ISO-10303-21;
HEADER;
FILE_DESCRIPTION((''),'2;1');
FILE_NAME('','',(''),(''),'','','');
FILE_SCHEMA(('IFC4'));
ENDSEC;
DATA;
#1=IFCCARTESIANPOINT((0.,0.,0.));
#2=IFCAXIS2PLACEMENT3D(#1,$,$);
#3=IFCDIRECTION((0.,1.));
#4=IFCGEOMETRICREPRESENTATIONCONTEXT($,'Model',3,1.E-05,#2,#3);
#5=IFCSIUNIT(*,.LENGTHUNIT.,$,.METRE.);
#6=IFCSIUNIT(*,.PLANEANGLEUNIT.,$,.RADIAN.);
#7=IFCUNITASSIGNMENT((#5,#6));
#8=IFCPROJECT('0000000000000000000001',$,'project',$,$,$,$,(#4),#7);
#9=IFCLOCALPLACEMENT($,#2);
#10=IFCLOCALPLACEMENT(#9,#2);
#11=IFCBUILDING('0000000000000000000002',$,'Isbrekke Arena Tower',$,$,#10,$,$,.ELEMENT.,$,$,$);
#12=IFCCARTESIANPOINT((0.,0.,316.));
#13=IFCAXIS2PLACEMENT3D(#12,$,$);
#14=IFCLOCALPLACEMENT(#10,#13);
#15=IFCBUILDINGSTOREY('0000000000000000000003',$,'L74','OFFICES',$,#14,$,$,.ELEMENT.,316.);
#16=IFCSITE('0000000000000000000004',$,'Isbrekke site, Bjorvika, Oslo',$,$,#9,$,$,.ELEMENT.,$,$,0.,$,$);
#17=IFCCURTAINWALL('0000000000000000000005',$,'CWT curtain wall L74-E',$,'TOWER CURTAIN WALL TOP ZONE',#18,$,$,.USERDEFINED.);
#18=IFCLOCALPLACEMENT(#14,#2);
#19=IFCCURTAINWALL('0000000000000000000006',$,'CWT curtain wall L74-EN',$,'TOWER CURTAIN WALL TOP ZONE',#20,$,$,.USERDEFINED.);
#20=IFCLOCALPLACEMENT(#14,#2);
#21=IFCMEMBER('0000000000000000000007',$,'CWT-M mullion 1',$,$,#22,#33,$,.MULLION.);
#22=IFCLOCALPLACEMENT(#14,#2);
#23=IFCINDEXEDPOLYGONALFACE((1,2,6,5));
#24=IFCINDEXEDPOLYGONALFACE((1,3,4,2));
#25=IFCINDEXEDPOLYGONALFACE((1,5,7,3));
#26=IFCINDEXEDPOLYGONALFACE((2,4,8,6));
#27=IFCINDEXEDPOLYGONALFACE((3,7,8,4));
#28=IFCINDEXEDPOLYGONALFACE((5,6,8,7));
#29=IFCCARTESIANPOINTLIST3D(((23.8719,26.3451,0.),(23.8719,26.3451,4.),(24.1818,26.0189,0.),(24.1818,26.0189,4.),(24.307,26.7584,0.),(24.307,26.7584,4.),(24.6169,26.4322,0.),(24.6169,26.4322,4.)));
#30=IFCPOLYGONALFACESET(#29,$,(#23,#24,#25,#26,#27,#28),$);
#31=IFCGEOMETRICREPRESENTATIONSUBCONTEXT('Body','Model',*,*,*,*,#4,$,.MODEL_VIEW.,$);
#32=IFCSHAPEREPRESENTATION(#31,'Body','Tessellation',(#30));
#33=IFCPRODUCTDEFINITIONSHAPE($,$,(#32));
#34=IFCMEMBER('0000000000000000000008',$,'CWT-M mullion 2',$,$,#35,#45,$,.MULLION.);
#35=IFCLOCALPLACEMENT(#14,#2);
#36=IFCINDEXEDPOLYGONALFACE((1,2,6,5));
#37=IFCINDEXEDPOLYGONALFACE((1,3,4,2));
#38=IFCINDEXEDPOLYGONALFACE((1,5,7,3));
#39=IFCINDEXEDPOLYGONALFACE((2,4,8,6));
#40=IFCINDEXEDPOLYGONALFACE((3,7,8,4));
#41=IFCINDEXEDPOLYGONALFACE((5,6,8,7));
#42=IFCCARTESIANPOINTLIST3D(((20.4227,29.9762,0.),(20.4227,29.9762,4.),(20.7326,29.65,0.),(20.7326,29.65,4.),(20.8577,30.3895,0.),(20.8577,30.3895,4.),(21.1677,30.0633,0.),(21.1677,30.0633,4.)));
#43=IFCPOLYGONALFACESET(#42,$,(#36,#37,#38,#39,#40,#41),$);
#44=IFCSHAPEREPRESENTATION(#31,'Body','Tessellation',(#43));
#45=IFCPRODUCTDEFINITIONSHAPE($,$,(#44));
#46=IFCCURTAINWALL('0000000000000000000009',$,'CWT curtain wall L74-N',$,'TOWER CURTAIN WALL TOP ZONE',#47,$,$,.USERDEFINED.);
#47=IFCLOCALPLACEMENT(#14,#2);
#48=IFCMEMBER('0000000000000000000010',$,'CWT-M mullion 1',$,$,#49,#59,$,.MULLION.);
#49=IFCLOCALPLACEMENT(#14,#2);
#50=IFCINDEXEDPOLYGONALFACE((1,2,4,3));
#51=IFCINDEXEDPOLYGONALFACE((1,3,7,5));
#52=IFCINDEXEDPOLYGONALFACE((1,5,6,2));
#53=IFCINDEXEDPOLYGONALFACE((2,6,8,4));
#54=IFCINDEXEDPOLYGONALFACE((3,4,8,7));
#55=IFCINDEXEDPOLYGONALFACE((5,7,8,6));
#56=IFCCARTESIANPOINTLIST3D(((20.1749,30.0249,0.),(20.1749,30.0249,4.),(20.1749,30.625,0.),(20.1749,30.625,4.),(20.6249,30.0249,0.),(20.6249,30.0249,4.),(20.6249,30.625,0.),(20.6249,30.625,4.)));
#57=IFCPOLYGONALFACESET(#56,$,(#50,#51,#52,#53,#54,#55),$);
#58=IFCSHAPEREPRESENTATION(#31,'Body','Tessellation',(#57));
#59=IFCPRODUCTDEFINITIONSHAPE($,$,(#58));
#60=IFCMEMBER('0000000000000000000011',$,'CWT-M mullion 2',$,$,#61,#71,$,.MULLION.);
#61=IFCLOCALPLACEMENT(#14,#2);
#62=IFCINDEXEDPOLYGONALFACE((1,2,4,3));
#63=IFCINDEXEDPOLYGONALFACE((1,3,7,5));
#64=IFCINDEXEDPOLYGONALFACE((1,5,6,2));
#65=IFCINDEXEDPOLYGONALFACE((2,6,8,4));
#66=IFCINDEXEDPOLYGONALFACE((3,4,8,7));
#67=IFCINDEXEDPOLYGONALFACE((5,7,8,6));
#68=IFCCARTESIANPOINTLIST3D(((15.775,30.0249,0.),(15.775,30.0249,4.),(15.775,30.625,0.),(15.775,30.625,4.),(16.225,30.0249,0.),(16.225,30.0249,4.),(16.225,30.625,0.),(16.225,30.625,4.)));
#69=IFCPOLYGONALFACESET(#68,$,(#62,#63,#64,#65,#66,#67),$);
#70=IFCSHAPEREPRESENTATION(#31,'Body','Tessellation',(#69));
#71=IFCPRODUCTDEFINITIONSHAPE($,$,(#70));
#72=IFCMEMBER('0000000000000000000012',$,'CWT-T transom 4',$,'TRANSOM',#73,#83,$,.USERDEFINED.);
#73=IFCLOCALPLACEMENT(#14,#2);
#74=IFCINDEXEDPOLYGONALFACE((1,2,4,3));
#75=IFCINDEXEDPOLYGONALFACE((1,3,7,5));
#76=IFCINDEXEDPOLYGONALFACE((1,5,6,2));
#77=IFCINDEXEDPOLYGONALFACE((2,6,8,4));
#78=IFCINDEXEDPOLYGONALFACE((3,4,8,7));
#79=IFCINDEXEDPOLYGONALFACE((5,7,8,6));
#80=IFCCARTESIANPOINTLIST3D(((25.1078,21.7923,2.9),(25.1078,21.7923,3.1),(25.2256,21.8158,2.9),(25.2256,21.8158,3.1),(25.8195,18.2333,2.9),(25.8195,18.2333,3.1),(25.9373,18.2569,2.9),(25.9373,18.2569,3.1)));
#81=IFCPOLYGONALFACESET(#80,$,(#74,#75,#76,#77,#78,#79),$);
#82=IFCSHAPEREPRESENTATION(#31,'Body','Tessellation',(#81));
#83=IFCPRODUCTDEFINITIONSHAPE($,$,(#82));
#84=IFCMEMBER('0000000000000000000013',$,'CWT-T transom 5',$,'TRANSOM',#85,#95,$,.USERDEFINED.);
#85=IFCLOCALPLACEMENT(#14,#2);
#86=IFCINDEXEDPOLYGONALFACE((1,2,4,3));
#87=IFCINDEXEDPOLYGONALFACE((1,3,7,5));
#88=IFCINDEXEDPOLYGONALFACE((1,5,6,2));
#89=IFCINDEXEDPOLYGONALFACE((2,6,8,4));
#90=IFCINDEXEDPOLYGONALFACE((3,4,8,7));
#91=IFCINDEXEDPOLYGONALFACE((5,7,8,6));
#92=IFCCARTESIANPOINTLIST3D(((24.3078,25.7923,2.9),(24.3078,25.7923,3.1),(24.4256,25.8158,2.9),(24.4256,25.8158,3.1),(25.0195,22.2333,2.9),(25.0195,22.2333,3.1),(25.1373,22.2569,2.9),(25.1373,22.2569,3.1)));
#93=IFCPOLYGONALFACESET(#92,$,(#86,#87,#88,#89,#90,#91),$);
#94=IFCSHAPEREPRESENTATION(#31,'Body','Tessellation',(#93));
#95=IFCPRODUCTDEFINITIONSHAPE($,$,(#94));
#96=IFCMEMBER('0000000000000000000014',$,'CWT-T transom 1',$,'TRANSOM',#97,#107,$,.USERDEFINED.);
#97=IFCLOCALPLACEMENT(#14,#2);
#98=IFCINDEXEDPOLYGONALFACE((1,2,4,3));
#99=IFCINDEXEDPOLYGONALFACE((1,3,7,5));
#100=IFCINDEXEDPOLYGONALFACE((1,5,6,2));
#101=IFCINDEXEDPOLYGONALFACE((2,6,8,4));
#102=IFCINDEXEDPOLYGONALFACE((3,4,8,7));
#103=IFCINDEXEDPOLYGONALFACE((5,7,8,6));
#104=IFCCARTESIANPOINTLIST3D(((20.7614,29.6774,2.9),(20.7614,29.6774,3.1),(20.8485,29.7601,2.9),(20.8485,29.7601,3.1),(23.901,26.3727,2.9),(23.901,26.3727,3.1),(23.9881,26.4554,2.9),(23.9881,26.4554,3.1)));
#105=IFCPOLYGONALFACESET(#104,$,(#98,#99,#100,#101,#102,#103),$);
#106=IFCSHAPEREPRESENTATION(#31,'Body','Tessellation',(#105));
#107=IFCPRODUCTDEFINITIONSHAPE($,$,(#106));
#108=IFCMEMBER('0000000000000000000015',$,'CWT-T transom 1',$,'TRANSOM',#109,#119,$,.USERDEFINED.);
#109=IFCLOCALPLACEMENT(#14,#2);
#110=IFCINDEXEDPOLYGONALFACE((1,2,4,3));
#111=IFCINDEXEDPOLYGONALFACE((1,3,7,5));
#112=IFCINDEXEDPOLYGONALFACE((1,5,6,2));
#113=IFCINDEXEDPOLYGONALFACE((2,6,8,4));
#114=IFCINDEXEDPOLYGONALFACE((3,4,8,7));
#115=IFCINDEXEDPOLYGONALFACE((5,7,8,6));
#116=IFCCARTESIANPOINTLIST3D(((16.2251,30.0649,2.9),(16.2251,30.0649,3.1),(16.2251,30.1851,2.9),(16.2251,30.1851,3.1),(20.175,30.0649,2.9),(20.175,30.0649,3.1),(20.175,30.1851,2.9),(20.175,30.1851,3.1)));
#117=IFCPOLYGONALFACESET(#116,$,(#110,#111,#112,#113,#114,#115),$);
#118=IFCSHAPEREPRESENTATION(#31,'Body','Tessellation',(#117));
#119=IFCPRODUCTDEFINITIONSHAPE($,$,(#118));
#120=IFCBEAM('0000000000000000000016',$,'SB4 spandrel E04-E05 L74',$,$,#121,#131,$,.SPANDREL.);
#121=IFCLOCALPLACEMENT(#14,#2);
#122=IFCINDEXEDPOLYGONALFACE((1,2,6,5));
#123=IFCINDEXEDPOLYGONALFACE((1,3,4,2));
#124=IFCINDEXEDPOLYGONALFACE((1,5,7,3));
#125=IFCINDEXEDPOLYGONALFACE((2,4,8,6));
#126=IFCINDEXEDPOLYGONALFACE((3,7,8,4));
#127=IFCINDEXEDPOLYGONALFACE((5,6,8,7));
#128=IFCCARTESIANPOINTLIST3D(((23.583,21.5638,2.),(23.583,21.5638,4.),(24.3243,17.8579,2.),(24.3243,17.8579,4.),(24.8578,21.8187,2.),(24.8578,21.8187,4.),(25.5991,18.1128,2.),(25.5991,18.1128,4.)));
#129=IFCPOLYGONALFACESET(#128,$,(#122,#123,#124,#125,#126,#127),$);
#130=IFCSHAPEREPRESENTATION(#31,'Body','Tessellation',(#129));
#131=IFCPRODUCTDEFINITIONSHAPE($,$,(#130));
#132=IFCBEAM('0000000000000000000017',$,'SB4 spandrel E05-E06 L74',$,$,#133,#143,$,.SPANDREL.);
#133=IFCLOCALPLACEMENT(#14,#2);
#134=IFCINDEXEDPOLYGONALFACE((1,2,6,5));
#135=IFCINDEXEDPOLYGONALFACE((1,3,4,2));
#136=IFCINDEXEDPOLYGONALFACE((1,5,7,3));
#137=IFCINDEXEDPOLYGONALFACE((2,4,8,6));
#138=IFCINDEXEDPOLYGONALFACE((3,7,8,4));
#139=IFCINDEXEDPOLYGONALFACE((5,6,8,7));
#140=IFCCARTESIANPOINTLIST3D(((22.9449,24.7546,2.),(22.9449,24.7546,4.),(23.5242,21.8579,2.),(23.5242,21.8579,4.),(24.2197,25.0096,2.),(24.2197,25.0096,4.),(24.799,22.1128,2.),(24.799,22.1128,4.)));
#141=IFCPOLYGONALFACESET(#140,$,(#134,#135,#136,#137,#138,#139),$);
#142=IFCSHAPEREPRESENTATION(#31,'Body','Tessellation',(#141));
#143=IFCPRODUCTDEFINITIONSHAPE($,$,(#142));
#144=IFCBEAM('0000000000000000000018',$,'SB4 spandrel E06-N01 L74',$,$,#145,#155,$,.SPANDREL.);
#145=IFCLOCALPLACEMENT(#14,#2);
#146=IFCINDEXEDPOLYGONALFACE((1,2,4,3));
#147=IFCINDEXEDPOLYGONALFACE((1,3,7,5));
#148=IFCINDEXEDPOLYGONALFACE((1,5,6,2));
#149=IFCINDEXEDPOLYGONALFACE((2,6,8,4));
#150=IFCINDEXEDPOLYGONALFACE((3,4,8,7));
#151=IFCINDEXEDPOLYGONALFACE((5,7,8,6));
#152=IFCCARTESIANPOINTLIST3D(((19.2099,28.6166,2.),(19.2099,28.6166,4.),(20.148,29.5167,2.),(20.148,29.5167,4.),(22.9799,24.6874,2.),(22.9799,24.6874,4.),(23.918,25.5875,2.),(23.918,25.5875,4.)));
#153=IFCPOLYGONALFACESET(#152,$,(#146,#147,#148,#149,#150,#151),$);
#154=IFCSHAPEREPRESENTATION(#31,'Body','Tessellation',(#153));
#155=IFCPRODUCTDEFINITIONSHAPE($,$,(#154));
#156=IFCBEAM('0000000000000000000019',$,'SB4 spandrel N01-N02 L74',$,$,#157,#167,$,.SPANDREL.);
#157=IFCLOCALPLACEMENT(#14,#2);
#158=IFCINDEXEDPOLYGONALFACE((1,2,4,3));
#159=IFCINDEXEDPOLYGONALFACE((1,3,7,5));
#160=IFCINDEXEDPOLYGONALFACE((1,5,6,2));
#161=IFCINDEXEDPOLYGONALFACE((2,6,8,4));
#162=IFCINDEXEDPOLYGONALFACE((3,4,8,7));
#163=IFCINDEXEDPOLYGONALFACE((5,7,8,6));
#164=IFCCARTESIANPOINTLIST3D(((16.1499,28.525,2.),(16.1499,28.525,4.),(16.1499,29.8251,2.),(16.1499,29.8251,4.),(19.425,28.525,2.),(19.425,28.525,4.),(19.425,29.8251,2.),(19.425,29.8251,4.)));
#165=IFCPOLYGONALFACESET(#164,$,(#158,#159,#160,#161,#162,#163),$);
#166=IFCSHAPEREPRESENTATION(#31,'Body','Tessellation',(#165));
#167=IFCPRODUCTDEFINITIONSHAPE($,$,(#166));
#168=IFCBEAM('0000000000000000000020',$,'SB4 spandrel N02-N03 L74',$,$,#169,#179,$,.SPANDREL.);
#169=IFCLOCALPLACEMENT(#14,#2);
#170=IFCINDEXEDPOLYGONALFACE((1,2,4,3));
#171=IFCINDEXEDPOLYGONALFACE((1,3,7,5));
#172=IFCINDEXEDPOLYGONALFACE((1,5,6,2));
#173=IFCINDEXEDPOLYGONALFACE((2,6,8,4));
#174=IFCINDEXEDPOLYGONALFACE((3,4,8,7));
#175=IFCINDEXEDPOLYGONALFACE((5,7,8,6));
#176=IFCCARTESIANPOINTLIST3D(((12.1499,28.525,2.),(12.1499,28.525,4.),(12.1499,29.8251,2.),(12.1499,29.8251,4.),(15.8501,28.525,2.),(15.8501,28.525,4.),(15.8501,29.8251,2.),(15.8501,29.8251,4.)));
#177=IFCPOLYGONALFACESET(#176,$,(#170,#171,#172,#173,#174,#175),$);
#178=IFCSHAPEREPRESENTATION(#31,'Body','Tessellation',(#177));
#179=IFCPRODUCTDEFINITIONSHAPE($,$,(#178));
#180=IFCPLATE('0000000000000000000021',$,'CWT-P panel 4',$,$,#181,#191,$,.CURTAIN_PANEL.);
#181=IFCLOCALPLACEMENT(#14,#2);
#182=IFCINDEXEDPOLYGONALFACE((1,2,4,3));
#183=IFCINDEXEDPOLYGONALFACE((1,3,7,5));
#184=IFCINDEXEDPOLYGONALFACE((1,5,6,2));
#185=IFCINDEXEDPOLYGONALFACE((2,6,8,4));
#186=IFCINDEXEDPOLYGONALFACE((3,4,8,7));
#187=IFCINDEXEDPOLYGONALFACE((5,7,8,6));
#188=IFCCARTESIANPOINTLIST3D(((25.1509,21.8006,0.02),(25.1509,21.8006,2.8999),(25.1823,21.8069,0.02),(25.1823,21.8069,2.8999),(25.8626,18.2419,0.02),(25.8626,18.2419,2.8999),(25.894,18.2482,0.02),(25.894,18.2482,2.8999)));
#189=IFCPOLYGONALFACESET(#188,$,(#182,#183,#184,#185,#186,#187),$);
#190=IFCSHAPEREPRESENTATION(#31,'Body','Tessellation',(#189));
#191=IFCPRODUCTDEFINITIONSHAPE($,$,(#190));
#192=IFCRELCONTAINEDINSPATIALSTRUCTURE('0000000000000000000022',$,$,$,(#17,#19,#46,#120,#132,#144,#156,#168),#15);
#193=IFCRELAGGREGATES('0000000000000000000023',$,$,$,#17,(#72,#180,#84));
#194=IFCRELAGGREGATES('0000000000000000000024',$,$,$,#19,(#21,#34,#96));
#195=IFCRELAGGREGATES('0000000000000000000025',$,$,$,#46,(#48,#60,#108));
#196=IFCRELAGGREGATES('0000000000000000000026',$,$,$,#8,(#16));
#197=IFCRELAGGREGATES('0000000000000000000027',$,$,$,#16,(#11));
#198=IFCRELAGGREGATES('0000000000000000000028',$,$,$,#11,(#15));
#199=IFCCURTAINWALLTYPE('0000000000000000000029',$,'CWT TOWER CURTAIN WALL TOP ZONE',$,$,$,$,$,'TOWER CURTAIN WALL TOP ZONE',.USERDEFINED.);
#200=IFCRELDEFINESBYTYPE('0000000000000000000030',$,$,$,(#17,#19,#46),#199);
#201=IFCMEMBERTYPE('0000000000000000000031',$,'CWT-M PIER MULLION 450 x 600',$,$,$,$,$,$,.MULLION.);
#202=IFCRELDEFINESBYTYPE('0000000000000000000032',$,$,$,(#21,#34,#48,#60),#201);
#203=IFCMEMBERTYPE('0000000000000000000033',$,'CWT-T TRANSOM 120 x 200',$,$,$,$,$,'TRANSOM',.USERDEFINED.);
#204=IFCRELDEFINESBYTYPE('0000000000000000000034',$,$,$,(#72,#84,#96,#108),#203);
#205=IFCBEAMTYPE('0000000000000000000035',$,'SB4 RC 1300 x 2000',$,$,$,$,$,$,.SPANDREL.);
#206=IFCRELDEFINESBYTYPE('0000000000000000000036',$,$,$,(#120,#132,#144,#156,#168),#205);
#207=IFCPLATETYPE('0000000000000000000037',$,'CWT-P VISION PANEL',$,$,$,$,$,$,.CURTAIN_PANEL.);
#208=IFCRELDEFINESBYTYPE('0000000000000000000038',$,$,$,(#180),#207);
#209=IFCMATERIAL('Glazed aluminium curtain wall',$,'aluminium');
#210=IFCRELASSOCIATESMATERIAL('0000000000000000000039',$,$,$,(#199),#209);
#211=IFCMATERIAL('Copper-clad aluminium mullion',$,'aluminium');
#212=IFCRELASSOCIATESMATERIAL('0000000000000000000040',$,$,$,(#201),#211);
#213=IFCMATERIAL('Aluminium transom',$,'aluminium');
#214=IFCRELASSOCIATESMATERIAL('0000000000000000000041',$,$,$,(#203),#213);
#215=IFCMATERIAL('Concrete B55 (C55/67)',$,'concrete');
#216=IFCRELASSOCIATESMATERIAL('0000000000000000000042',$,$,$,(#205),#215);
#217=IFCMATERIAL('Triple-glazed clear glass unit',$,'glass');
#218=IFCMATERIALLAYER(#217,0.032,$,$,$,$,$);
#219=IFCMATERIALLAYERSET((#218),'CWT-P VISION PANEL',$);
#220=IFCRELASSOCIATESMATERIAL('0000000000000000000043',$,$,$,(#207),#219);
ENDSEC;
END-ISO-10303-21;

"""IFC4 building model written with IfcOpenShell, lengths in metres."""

from ifc_helpers import new_model, si_unit, direction, frame, origin, origin_2d, place, context, subcontext, project, spatial, rectangle, extrude, material, layer, layer_set, material_profile, profile_set, type_object, element, aggregate, save


model = new_model("IFC4")

# Units and contexts
model_context = context("Model", 3, precision=1e-05, world=origin(), true_north=direction((0.0, 1.0)))
body_context = subcontext(model_context, "Body", "Model", "MODEL_VIEW")
ifc_project = project(units=[si_unit("LENGTHUNIT", "METRE"), si_unit("PLANEANGLEUNIT", "RADIAN")], contexts=[model_context])

# Site, building, storey
site_placement = place(None, origin())
site = spatial("IfcSite", under=ifc_project, at=site_placement, Name="Isbrekke site, Bjorvika, Oslo", CompositionType="ELEMENT", RefElevation=0.0)
building_placement = place(site_placement, origin())
building = spatial("IfcBuilding", under=site, at=building_placement, Name="Isbrekke Arena Tower", CompositionType="ELEMENT")
storey_placement = place(building_placement, frame((0.0, 0.0, 316.0)))
storey = spatial("IfcBuildingStorey", under=building, at=storey_placement, Name="L74", Description="OFFICES", CompositionType="ELEMENT", Elevation=316.0)

# Curtain walls, members
ifc_material_1 = material(Name="Glazed aluminium curtain wall", Category="aluminium")
curtain_wall_type = type_object("IfcCurtainWallType", Name="CWT TOWER CURTAIN WALL TOP ZONE", ElementType="TOWER CURTAIN WALL TOP ZONE", PredefinedType="USERDEFINED", material=ifc_material_1)
curtain_wall_1_placement = place(storey_placement, origin())
curtain_wall_1 = element("IfcCurtainWall", 1, at=curtain_wall_1_placement, inside=storey, type_object=curtain_wall_type, Name="CWT curtain wall L74-E", ObjectType="TOWER CURTAIN WALL TOP ZONE", PredefinedType="USERDEFINED")
ifc_material_2 = material(Name="Copper-clad aluminium mullion", Category="aluminium")
ifc_material_profile_1 = material_profile(ifc_material_2, rectangle(XDim=0.45, YDim=0.6001, at=origin_2d()), Name="PIER 450X600")
ifc_profile_set_1 = profile_set([ifc_material_profile_1], Name="Copper-clad aluminium mullion")
member_type_1 = type_object("IfcMemberType", Name="CWT-M PIER MULLION 450 x 600", PredefinedType="MULLION", material=ifc_profile_set_1)
curtain_wall_2_placement = place(storey_placement, origin())
curtain_wall_2 = element("IfcCurtainWall", 2, at=curtain_wall_2_placement, inside=storey, type_object=curtain_wall_type, Name="CWT curtain wall L74-EN", ObjectType="TOWER CURTAIN WALL TOP ZONE", PredefinedType="USERDEFINED")
member_1_placement = place(storey_placement, frame((24.2444, 26.3887, 0.0), z_axis=(0.0, 0.0, 1.0), x_axis=(-0.688749, 0.724999, 0.0)))
member_1 = element("IfcMember", 3, at=member_1_placement, type_object=member_type_1, Name="CWT-M mullion 1", PredefinedType="MULLION", context=body_context, shape_type="SweptSolid", body=[
    extrude(rectangle(XDim=0.45, YDim=0.6001, at=origin_2d()), origin(), (0.0, 0.0, 1.0), 4.0),
])
member_2_placement = place(storey_placement, frame((20.7952, 30.0198, 0.0), z_axis=(0.0, 0.0, 1.0), x_axis=(-0.688749, 0.724999, 0.0)))
member_2 = element("IfcMember", 4, at=member_2_placement, type_object=member_type_1, Name="CWT-M mullion 2", PredefinedType="MULLION", context=body_context, shape_type="SweptSolid", body=[
    extrude(rectangle(XDim=0.45, YDim=0.6001, at=origin_2d()), origin(), (0.0, 0.0, 1.0), 4.0),
])
curtain_wall_3_placement = place(storey_placement, origin())
curtain_wall_3 = element("IfcCurtainWall", 5, at=curtain_wall_3_placement, inside=storey, type_object=curtain_wall_type, Name="CWT curtain wall L74-N", ObjectType="TOWER CURTAIN WALL TOP ZONE", PredefinedType="USERDEFINED")
member_3_placement = place(storey_placement, frame((20.3999, 30.325, 0.0), z_axis=(0.0, 0.0, 1.0), x_axis=(-1.0, 0.0, 0.0)))
member_3 = element("IfcMember", 6, at=member_3_placement, type_object=member_type_1, Name="CWT-M mullion 1", PredefinedType="MULLION", context=body_context, shape_type="SweptSolid", body=[
    extrude(rectangle(XDim=0.45, YDim=0.6001, at=origin_2d()), origin(), (0.0, 0.0, 1.0), 4.0),
])
member_4_placement = place(storey_placement, frame((16.0, 30.325, 0.0), z_axis=(0.0, 0.0, 1.0), x_axis=(-1.0, 0.0, 0.0)))
member_4 = element("IfcMember", 7, at=member_4_placement, type_object=member_type_1, Name="CWT-M mullion 2", PredefinedType="MULLION", context=body_context, shape_type="SweptSolid", body=[
    extrude(rectangle(XDim=0.45, YDim=0.6001, at=origin_2d()), origin(), (0.0, 0.0, 1.0), 4.0),
])

# Members
ifc_material_3 = material(Name="Aluminium transom", Category="aluminium")
ifc_material_profile_2 = material_profile(ifc_material_3, rectangle(XDim=0.1201, YDim=0.2, at=origin_2d()), Name="TRANSOM 120X200")
ifc_profile_set_2 = profile_set([ifc_material_profile_2], Name="Aluminium transom")
member_type_2 = type_object("IfcMemberType", Name="CWT-T TRANSOM 120 x 200", ElementType="TRANSOM", PredefinedType="USERDEFINED", material=ifc_profile_set_2)
member_5_placement = place(storey_placement, frame((25.8784, 18.2451, 3.0), z_axis=(-0.19609, 0.980586, 0.0), x_axis=(-0.980586, -0.19609, 0.0)))
member_5 = element("IfcMember", 8, at=member_5_placement, type_object=member_type_2, Name="CWT-T transom 4", ObjectType="TRANSOM", PredefinedType="USERDEFINED", context=body_context, shape_type="SweptSolid", body=[
    extrude(rectangle(XDim=0.1201, YDim=0.2, at=origin_2d()), origin(), (0.0, 0.0, 1.0), 3.6294),
])
member_6_placement = place(storey_placement, frame((25.0784, 22.2451, 3.0), z_axis=(-0.19609, 0.980586, 0.0), x_axis=(-0.980586, -0.19609, 0.0)))
member_6 = element("IfcMember", 9, at=member_6_placement, type_object=member_type_2, Name="CWT-T transom 5", ObjectType="TRANSOM", PredefinedType="USERDEFINED", context=body_context, shape_type="SweptSolid", body=[
    extrude(rectangle(XDim=0.1201, YDim=0.2, at=origin_2d()), origin(), (0.0, 0.0, 1.0), 3.6294),
])
member_7_placement = place(storey_placement, frame((23.9446, 26.4141, 3.0), z_axis=(-0.688772, 0.724978, 0.0), x_axis=(-0.724978, -0.688772, 0.0)))
member_7 = element("IfcMember", 10, at=member_7_placement, type_object=member_type_2, Name="CWT-T transom 1", ObjectType="TRANSOM", PredefinedType="USERDEFINED", context=body_context, shape_type="SweptSolid", body=[
    extrude(rectangle(XDim=0.1201, YDim=0.2, at=origin_2d()), origin(), (0.0, 0.0, 1.0), 4.5583),
])
member_8_placement = place(storey_placement, frame((20.175, 30.125, 3.0), z_axis=(-1.0, 0.0, 0.0), x_axis=(0.0, -1.0, 0.0)))
member_8 = element("IfcMember", 11, at=member_8_placement, type_object=member_type_2, Name="CWT-T transom 1", ObjectType="TRANSOM", PredefinedType="USERDEFINED", context=body_context, shape_type="SweptSolid", body=[
    extrude(rectangle(XDim=0.1201, YDim=0.2, at=origin_2d()), origin(), (0.0, 0.0, 1.0), 3.95),
])

# Beams
ifc_material_4 = material(Name="Concrete B55 (C55/67)", Category="concrete")
ifc_material_profile_3 = material_profile(ifc_material_4, rectangle(XDim=1.3, YDim=2.0, at=origin_2d()), Name="RC 1300x2000")
ifc_profile_set_3 = profile_set([ifc_material_profile_3], Name="Concrete B55 (C55/67)")
beam_type_1 = type_object("IfcBeamType", Name="SB4 RC 1300 x 2000", PredefinedType="SPANDREL", material=ifc_profile_set_3)
beam_1_placement = place(storey_placement, frame((24.9617, 17.9854, 3.0), z_axis=(-0.196129, 0.980578, 0.0), x_axis=(-0.980578, -0.196129, 0.0)))
element("IfcBeam", 12, at=beam_1_placement, inside=storey, type_object=beam_type_1, Name="SB4 spandrel E04-E05 L74", PredefinedType="SPANDREL", context=body_context, shape_type="SweptSolid", body=[
    extrude(rectangle(XDim=1.3, YDim=2.0, at=origin_2d()), origin(), (0.0, 0.0, 1.0), 3.7793),
])
beam_2_placement = place(storey_placement, frame((24.1616, 21.9854, 3.0), z_axis=(-0.196116, 0.980581, 0.0), x_axis=(-0.980581, -0.196116, 0.0)))
element("IfcBeam", 13, at=beam_2_placement, inside=storey, type_object=beam_type_1, Name="SB4 spandrel E05-E06 L74", PredefinedType="SPANDREL", context=body_context, shape_type="SweptSolid", body=[
    extrude(rectangle(XDim=1.3, YDim=2.0, at=origin_2d()), origin(), (0.0, 0.0, 1.0), 2.9541),
])
beam_3_placement = place(storey_placement, frame((23.449, 25.1375, 3.0), z_axis=(-0.69234, 0.721572, 0.0), x_axis=(-0.721572, -0.69234, 0.0)))
element("IfcBeam", 14, at=beam_3_placement, inside=storey, type_object=beam_type_1, Name="SB4 spandrel E06-N01 L74", PredefinedType="SPANDREL", context=body_context, shape_type="SweptSolid", body=[
    extrude(rectangle(XDim=1.3, YDim=2.0, at=origin_2d()), origin(), (0.0, 0.0, 1.0), 5.4453),
])
beam_4_placement = place(storey_placement, frame((19.425, 29.175, 3.0), z_axis=(-1.0, 0.0, 0.0), x_axis=(0.0, -1.0, 0.0)))
element("IfcBeam", 15, at=beam_4_placement, inside=storey, type_object=beam_type_1, Name="SB4 spandrel N01-N02 L74", PredefinedType="SPANDREL", context=body_context, shape_type="SweptSolid", body=[
    extrude(rectangle(XDim=1.3, YDim=2.0, at=origin_2d()), origin(), (0.0, 0.0, 1.0), 3.2751),
])
beam_5_placement = place(storey_placement, frame((15.8501, 29.175, 3.0), z_axis=(-1.0, 0.0, 0.0), x_axis=(0.0, -1.0, 0.0)))
element("IfcBeam", 16, at=beam_5_placement, inside=storey, type_object=beam_type_1, Name="SB4 spandrel N02-N03 L74", PredefinedType="SPANDREL", context=body_context, shape_type="SweptSolid", body=[
    extrude(rectangle(XDim=1.3, YDim=2.0, at=origin_2d()), origin(), (0.0, 0.0, 1.0), 3.7002),
])

# Plate
ifc_material_5 = material(Name="Triple-glazed clear glass unit", Category="glass")
ifc_layer_1 = layer(ifc_material_5, 0.032)
ifc_layer_set_1 = layer_set([ifc_layer_1], Name="CWT-P VISION PANEL")
plate_type = type_object("IfcPlateType", Name="CWT-P VISION PANEL", PredefinedType="CURTAIN_PANEL", material=ifc_layer_set_1)
plate_1_placement = place(storey_placement, frame((25.5225, 20.0244, 0.02), z_axis=(0.0, 0.0, 1.0), x_axis=(-0.196116, 0.980581, 0.0)))
plate_1 = element("IfcPlate", 17, at=plate_1_placement, type_object=plate_type, Name="CWT-P panel 4", PredefinedType="CURTAIN_PANEL", context=body_context, shape_type="SweptSolid", body=[
    extrude(rectangle(XDim=3.6292, YDim=0.032, at=origin_2d()), origin(), (0.0, 0.0, 1.0), 2.8799),
])
aggregate(curtain_wall_1, [member_5, plate_1, member_6])
aggregate(curtain_wall_2, [member_1, member_2, member_7])
aggregate(curtain_wall_3, [member_3, member_4, member_8])

save(model, "model.ifc")
